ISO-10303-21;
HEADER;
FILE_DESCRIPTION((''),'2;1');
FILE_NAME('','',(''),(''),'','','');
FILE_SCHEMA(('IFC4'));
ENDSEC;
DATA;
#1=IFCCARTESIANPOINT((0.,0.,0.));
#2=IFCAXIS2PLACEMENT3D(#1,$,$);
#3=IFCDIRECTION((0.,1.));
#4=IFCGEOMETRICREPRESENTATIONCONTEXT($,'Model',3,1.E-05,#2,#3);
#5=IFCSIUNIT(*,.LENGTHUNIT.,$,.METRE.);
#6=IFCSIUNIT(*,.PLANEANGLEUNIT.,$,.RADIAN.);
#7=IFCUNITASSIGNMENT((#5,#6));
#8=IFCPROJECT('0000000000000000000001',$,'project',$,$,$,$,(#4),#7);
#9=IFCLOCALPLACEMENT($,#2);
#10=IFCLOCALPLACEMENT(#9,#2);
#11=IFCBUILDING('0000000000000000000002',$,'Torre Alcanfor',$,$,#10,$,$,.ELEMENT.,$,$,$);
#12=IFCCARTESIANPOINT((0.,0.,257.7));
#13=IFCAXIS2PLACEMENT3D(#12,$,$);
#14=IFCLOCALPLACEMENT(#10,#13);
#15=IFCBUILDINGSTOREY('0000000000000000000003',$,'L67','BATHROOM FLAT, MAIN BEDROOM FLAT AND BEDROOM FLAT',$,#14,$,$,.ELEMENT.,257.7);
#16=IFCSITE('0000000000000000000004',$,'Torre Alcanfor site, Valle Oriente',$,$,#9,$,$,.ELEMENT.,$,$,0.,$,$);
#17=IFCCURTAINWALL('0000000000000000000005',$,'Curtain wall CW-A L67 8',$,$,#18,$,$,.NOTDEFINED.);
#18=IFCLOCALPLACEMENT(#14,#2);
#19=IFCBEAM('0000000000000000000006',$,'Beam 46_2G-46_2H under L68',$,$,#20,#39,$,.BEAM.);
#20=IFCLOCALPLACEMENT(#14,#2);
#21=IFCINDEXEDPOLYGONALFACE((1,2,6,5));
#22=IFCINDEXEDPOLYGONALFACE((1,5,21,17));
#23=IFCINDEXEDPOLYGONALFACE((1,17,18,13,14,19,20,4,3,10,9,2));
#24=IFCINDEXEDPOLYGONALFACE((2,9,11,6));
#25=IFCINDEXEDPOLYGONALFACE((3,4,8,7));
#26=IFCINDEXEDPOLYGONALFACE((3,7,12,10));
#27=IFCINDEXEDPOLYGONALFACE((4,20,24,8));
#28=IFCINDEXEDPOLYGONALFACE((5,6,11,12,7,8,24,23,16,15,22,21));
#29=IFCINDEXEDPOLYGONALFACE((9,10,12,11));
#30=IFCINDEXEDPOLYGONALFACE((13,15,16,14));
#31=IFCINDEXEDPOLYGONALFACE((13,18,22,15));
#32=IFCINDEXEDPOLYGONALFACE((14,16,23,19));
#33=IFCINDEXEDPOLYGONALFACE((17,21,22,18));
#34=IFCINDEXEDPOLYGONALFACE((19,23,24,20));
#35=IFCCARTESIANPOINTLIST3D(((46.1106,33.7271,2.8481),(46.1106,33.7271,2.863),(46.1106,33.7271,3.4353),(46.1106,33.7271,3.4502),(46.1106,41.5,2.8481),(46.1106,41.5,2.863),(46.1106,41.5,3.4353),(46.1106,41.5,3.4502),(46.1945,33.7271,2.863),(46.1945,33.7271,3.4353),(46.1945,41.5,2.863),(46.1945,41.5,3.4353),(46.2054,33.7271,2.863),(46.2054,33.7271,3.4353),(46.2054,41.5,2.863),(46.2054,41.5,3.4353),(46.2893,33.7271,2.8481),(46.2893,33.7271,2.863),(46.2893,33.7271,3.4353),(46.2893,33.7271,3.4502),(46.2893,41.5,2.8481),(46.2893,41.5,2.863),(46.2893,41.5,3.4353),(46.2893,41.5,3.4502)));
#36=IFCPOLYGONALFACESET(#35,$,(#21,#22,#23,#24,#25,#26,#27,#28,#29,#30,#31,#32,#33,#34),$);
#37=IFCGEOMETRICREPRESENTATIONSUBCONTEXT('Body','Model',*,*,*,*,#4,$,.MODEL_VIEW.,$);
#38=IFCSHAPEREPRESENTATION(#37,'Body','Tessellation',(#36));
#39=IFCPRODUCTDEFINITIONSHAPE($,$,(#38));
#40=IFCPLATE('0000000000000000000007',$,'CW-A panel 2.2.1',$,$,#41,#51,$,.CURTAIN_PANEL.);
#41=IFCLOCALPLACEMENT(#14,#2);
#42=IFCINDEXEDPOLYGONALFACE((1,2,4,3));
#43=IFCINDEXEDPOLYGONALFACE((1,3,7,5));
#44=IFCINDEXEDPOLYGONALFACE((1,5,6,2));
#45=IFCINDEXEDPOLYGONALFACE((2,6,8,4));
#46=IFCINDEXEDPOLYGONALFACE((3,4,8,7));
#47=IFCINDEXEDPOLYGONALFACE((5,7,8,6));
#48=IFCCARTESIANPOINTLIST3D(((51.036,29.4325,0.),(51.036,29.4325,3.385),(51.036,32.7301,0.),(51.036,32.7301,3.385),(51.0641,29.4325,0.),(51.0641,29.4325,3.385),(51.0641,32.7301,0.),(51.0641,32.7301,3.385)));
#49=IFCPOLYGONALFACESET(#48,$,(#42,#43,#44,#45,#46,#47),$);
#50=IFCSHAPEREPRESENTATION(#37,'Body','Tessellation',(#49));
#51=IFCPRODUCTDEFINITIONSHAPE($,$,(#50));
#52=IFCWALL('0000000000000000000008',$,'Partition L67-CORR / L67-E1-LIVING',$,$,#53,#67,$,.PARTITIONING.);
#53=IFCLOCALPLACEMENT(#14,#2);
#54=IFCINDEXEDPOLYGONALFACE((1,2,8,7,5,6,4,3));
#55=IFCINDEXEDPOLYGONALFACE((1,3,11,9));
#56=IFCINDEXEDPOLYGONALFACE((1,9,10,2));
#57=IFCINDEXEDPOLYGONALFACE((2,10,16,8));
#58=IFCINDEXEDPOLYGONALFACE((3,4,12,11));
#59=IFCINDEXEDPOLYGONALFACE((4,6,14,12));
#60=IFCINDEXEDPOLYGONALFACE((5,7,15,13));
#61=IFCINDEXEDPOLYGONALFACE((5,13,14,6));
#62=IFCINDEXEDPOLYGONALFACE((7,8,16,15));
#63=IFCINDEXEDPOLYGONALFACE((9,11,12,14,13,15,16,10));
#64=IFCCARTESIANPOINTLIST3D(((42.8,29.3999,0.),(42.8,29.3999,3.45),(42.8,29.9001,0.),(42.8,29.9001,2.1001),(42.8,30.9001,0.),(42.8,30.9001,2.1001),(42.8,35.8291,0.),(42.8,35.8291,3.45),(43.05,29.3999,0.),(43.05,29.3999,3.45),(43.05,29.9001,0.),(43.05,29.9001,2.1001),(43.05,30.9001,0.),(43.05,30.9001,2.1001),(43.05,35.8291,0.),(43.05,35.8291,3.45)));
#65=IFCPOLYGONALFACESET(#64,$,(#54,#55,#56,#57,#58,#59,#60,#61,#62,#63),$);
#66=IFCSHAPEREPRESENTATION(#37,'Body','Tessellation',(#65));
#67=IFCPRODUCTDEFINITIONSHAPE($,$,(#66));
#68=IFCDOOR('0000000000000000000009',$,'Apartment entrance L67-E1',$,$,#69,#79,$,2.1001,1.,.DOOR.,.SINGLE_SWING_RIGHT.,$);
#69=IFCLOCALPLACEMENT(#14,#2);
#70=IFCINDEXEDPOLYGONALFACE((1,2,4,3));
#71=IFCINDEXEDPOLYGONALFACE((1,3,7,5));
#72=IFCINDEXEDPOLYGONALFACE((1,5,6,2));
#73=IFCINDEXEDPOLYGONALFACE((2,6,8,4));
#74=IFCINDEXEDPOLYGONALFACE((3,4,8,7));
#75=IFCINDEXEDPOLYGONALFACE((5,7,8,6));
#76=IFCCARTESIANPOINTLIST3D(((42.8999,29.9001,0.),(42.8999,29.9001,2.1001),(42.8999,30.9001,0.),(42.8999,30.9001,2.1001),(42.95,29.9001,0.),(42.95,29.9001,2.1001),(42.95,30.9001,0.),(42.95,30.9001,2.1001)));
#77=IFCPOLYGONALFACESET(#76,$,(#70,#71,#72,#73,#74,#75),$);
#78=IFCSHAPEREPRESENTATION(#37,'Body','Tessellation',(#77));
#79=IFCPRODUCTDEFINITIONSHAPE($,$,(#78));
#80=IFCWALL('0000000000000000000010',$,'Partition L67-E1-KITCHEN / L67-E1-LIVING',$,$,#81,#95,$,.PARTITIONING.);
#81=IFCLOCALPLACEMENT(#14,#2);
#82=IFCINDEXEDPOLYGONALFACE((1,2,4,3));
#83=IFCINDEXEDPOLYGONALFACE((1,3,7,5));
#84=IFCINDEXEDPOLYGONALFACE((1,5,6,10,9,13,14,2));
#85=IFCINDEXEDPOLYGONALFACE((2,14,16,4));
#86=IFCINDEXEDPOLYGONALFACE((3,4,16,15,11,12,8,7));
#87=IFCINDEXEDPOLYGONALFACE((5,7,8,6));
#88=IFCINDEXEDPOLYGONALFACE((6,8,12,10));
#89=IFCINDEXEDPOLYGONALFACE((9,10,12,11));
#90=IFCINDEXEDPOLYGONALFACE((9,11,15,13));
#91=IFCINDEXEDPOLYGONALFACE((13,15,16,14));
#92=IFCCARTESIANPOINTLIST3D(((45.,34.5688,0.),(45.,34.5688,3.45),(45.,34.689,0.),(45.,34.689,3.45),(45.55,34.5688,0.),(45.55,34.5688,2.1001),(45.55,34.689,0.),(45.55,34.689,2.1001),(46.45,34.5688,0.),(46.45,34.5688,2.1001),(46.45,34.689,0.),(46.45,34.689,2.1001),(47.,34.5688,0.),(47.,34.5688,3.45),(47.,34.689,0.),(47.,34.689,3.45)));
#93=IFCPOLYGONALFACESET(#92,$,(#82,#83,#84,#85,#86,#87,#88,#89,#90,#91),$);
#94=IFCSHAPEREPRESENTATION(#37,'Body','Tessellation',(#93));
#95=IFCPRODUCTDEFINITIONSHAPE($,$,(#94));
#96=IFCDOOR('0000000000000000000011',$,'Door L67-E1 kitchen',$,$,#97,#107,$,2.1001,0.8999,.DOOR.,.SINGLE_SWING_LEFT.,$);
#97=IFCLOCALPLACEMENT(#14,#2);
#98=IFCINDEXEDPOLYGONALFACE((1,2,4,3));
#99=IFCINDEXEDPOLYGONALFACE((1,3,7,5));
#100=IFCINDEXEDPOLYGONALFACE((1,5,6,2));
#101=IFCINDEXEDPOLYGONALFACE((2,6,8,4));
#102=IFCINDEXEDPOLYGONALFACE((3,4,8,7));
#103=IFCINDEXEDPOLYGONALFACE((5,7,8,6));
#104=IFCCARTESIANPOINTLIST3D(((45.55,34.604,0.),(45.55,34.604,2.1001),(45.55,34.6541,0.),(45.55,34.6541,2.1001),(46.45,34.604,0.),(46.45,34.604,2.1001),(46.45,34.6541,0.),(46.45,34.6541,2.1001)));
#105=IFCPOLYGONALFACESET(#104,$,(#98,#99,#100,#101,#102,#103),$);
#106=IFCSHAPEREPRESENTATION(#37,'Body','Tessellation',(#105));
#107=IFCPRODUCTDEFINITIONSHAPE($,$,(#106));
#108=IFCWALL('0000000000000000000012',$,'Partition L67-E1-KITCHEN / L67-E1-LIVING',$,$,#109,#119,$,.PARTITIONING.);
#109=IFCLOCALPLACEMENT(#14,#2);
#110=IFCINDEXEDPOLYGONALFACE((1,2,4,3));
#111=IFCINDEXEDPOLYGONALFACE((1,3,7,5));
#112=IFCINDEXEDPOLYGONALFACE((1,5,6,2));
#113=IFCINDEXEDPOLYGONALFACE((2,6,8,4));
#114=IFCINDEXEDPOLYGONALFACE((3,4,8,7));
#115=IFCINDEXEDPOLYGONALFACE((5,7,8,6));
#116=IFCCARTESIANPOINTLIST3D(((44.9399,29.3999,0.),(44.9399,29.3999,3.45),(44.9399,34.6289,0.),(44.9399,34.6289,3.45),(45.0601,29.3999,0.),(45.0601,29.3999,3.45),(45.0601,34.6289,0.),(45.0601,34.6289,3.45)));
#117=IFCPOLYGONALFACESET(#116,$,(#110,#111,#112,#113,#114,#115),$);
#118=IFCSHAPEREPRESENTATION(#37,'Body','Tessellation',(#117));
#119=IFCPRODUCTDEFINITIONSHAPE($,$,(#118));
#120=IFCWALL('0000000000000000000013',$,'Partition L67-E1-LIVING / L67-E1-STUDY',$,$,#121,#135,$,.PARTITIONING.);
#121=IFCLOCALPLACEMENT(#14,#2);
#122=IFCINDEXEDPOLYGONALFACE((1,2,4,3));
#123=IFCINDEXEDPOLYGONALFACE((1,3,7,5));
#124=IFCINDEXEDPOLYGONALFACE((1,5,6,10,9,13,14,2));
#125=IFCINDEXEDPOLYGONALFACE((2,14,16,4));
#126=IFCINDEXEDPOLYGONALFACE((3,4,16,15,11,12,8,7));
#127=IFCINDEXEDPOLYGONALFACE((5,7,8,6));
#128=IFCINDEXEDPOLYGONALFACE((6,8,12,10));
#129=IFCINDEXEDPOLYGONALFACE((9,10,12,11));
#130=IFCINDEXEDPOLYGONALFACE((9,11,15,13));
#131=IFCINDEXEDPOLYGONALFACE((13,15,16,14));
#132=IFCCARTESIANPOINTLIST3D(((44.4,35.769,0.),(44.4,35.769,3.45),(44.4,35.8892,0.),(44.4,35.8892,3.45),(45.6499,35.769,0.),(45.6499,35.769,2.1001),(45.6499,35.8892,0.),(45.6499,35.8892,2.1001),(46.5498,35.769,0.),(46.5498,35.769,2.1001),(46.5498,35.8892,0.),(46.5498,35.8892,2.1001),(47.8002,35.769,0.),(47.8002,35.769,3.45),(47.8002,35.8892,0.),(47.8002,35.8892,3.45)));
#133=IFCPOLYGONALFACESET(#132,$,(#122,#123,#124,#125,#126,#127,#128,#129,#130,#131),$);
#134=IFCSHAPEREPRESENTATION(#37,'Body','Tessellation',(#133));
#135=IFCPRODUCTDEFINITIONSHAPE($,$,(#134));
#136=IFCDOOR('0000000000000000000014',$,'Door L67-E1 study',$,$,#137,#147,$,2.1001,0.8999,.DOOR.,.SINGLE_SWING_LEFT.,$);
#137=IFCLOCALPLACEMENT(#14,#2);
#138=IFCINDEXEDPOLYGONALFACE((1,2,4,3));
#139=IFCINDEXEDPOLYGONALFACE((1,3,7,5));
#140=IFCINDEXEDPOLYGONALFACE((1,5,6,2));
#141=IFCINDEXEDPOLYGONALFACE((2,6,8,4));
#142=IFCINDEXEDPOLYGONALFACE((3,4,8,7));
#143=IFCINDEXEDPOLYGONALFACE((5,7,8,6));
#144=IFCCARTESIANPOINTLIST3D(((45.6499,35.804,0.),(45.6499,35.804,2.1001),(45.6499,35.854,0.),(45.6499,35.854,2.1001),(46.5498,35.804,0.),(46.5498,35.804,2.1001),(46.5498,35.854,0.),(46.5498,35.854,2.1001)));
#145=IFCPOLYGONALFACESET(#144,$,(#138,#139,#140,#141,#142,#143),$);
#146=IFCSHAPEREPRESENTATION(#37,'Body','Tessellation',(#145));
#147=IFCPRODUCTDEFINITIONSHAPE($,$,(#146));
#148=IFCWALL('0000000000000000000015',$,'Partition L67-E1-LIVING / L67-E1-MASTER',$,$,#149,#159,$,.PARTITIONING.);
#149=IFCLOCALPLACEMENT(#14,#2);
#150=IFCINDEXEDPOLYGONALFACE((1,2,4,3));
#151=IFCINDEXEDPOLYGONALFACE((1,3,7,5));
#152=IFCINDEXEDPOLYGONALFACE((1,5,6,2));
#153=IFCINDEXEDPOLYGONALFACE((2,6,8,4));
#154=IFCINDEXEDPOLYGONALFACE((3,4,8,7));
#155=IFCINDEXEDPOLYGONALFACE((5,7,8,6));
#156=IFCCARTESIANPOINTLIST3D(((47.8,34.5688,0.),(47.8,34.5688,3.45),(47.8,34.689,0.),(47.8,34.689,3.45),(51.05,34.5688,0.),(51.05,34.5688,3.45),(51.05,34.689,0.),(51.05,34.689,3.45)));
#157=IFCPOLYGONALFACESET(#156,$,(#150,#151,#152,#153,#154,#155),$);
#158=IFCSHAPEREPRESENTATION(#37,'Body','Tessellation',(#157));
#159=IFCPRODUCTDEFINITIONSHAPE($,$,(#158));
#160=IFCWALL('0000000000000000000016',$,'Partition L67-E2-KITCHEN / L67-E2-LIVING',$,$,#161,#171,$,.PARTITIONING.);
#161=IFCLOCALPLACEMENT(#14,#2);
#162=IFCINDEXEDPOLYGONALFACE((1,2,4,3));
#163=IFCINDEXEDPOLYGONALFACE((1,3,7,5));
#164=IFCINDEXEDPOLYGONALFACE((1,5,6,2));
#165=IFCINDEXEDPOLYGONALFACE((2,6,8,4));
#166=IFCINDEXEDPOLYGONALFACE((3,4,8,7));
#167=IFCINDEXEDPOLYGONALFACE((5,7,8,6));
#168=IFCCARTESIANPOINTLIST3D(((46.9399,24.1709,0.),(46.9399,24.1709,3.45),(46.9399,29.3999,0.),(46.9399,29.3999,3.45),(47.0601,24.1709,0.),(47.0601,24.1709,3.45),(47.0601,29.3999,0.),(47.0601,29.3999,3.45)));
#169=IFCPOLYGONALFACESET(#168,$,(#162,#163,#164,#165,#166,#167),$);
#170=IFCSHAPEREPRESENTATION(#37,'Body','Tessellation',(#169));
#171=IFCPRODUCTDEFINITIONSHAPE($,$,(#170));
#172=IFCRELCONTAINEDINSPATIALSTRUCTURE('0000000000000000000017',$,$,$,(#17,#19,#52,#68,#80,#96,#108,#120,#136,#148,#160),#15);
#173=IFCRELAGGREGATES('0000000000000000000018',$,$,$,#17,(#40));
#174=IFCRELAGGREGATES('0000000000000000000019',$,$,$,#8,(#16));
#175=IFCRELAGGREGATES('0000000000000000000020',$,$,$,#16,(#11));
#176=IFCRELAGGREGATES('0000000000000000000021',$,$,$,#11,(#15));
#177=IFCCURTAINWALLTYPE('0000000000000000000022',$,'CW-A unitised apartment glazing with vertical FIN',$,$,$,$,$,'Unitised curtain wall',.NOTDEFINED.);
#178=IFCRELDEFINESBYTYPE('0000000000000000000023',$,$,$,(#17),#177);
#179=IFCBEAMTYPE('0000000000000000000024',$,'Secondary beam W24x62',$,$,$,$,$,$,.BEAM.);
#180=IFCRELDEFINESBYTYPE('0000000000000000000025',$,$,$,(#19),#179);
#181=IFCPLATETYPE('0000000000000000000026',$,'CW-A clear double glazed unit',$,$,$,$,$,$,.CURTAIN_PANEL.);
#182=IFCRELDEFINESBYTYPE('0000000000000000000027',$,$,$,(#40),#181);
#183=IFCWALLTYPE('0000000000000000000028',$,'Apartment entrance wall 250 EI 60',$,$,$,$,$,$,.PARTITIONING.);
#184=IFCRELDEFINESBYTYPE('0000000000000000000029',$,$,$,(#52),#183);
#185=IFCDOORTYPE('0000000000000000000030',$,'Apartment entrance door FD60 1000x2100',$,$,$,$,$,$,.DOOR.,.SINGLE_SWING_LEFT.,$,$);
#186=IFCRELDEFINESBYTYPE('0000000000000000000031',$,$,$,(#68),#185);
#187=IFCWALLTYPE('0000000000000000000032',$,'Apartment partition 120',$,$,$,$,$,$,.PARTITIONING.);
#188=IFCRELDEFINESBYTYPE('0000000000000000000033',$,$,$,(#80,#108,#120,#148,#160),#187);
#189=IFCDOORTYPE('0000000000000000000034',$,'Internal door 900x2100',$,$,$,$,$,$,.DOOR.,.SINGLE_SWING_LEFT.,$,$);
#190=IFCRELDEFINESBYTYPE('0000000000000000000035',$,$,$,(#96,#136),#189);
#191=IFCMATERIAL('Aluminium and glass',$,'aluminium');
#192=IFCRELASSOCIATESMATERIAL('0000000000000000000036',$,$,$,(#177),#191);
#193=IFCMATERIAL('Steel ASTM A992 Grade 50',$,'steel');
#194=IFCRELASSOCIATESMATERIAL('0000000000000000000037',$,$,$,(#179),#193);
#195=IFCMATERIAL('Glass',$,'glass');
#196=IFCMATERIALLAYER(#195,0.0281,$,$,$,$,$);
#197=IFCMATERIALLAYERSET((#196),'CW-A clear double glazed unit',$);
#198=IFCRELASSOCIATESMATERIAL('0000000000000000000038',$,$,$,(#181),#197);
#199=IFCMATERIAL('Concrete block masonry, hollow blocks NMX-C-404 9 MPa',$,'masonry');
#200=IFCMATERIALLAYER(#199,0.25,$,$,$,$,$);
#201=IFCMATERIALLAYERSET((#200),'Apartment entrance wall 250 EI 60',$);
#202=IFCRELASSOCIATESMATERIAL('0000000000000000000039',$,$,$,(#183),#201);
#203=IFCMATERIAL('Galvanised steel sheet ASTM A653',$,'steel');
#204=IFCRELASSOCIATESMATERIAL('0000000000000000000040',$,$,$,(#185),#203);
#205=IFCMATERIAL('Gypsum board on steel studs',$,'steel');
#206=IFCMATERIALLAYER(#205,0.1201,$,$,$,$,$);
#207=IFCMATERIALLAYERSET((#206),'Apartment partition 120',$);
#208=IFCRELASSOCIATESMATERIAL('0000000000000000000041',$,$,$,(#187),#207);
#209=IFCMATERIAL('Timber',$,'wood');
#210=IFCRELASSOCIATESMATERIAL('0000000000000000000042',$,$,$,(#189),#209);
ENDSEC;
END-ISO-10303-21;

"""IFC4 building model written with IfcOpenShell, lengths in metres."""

from ifc_helpers import new_model, si_unit, direction, frame, frame_2d, origin, origin_2d, place, context, subcontext, project, spatial, rectangle, i_section, extrude, material, layer, layer_set, material_profile, profile_set, type_object, element, fill, aggregate, save


model = new_model("IFC4")

# Units and contexts
model_context = context("Model", 3, precision=1e-05, world=origin(), true_north=direction((0.0, 1.0)))
body_context = subcontext(model_context, "Body", "Model", "MODEL_VIEW")
ifc_project = project(units=[si_unit("LENGTHUNIT", "METRE"), si_unit("PLANEANGLEUNIT", "RADIAN")], contexts=[model_context])

# Site, building, storey
site_placement = place(None, origin())
site = spatial("IfcSite", under=ifc_project, at=site_placement, Name="Torre Alcanfor site, Valle Oriente", CompositionType="ELEMENT", RefElevation=0.0)
building_placement = place(site_placement, origin())
building = spatial("IfcBuilding", under=site, at=building_placement, Name="Torre Alcanfor", CompositionType="ELEMENT")
storey_placement = place(building_placement, frame((0.0, 0.0, 257.7)))
storey = spatial("IfcBuildingStorey", under=building, at=storey_placement, Name="L67", Description="BATHROOM FLAT, MAIN BEDROOM FLAT AND BEDROOM FLAT", CompositionType="ELEMENT", Elevation=257.7)

# Curtain wall
ifc_material_1 = material(Name="Aluminium and glass", Category="aluminium")
curtain_wall_type = type_object("IfcCurtainWallType", Name="CW-A unitised apartment glazing with vertical FIN", ElementType="Unitised curtain wall", PredefinedType="NOTDEFINED", material=ifc_material_1)
curtain_wall_placement = place(storey_placement, origin())
curtain_wall = element("IfcCurtainWall", 1, at=curtain_wall_placement, inside=storey, type_object=curtain_wall_type, Name="Curtain wall CW-A L67 8", PredefinedType="NOTDEFINED")

# Beam
ifc_material_2 = material(Name="Steel ASTM A992 Grade 50", Category="steel")
ifc_material_profile_1 = material_profile(ifc_material_2, i_section(OverallWidth=0.1787, OverallDepth=0.6021, WebThickness=0.011, FlangeThickness=0.0149, at=origin_2d()), Name="W24x62")
ifc_profile_set_1 = profile_set([ifc_material_profile_1], Name="Steel ASTM A992 Grade 50")
beam_type_1 = type_object("IfcBeamType", Name="Secondary beam W24x62", PredefinedType="BEAM", material=ifc_profile_set_1)
beam_1_placement = place(storey_placement, frame((46.2, 33.7271, 3.1492), z_axis=(0.0, 1.0, 0.0), x_axis=(-1.0, 0.0, 0.0)))
element("IfcBeam", 2, at=beam_1_placement, inside=storey, type_object=beam_type_1, Name="Beam 46_2G-46_2H under L68", PredefinedType="BEAM", context=body_context, shape_type="SweptSolid", body=[
    extrude(i_section(OverallWidth=0.1787, OverallDepth=0.6021, WebThickness=0.011, FlangeThickness=0.0149, at=origin_2d()), origin(), (0.0, 0.0, 1.0), 7.7729),
])

# Plate
ifc_material_3 = material(Name="Glass", Category="glass")
ifc_layer_1 = layer(ifc_material_3, 0.0281)
ifc_layer_set_1 = layer_set([ifc_layer_1], Name="CW-A clear double glazed unit")
plate_type = type_object("IfcPlateType", Name="CW-A clear double glazed unit", PredefinedType="CURTAIN_PANEL", material=ifc_layer_set_1)
plate_placement = place(storey_placement, frame((51.05, 31.0813, 0.0), z_axis=(0.0, 0.0, 1.0), x_axis=(0.0, 1.0, 0.0)))
plate = element("IfcPlate", 3, at=plate_placement, type_object=plate_type, Name="CW-A panel 2.2.1", PredefinedType="CURTAIN_PANEL", context=body_context, shape_type="SweptSolid", body=[
    extrude(rectangle(XDim=3.2976, YDim=0.0281, at=origin_2d()), origin(), (0.0, 0.0, 1.0), 3.385),
])
aggregate(curtain_wall, [plate])

# Walls, openings, doors
ifc_material_4 = material(Name="Concrete block masonry, hollow blocks NMX-C-404 9 MPa", Category="masonry")
ifc_layer_2 = layer(ifc_material_4, 0.25)
ifc_layer_set_2 = layer_set([ifc_layer_2], Name="Apartment entrance wall 250 EI 60")
wall_type_1 = type_object("IfcWallType", Name="Apartment entrance wall 250 EI 60", PredefinedType="PARTITIONING", material=ifc_layer_set_2)
wall_1_placement = place(storey_placement, frame((42.925, 35.8291, 0.0), z_axis=(0.0, 0.0, 1.0), x_axis=(0.0, -1.0, 0.0)))
wall_1 = element("IfcWall", 4, at=wall_1_placement, inside=storey, type_object=wall_type_1, Name="Partition L67-CORR / L67-E1-LIVING", PredefinedType="PARTITIONING", context=body_context, shape_type="SweptSolid", body=[
    extrude(rectangle(XDim=6.4292, YDim=0.25, at=frame_2d((3.2146, 0.0))), origin(), (0.0, 0.0, 1.0), 3.45),
])
opening_1_placement = place(wall_1_placement, frame((4.929, 0.0, 0.0)))
opening_1 = element("IfcOpeningElement", 5, at=opening_1_placement, cuts=wall_1, PredefinedType="OPENING", context=body_context, shape_type="SweptSolid", body=[
    extrude(rectangle(XDim=1.0, YDim=2.1001, at=frame_2d((0.5, 1.05))), frame((0.0, 0.135, 0.0), z_axis=(0.0, -1.0, 0.0), x_axis=(1.0, 0.0, 0.0)), (0.0, 0.0, 1.0), 0.27),
])
ifc_material_5 = material(Name="Galvanised steel sheet ASTM A653", Category="steel")
door_type_1 = type_object("IfcDoorType", Name="Apartment entrance door FD60 1000x2100", OperationType="SINGLE_SWING_LEFT", PredefinedType="DOOR", material=ifc_material_5)
door_1_placement = place(opening_1_placement, origin())
door_1 = element("IfcDoor", 6, at=door_1_placement, inside=storey, type_object=door_type_1, Name="Apartment entrance L67-E1", OperationType="SINGLE_SWING_RIGHT", OverallHeight=2.1001, OverallWidth=1.0, PredefinedType="DOOR", context=body_context, shape_type="SweptSolid", body=[
    extrude(rectangle(XDim=1.0, YDim=2.1001, at=frame_2d((0.5, 1.05))), frame((0.0, 0.0249, 0.0), z_axis=(0.0, -1.0, 0.0), x_axis=(1.0, 0.0, 0.0)), (0.0, 0.0, 1.0), 0.05),
])
fill(opening_1, door_1)
ifc_material_6 = material(Name="Gypsum board on steel studs", Category="steel")
ifc_layer_3 = layer(ifc_material_6, 0.1201)
ifc_layer_set_3 = layer_set([ifc_layer_3], Name="Apartment partition 120")
wall_type_2 = type_object("IfcWallType", Name="Apartment partition 120", PredefinedType="PARTITIONING", material=ifc_layer_set_3)
wall_2_placement = place(storey_placement, frame((47.0, 34.6289, 0.0), z_axis=(0.0, 0.0, 1.0), x_axis=(-1.0, 0.0, 0.0)))
wall_2 = element("IfcWall", 7, at=wall_2_placement, inside=storey, type_object=wall_type_2, Name="Partition L67-E1-KITCHEN / L67-E1-LIVING", PredefinedType="PARTITIONING", context=body_context, shape_type="SweptSolid", body=[
    extrude(rectangle(XDim=2.0, YDim=0.1201, at=frame_2d((1.0, 0.0))), origin(), (0.0, 0.0, 1.0), 3.45),
])
opening_2_placement = place(wall_2_placement, frame((0.55, 0.0, 0.0)))
opening_2 = element("IfcOpeningElement", 8, at=opening_2_placement, cuts=wall_2, PredefinedType="OPENING", context=body_context, shape_type="SweptSolid", body=[
    extrude(rectangle(XDim=0.8999, YDim=2.1001, at=frame_2d((0.45, 1.05))), frame((0.0, 0.0701, 0.0), z_axis=(0.0, -1.0, 0.0), x_axis=(1.0, 0.0, 0.0)), (0.0, 0.0, 1.0), 0.1401),
])
ifc_material_7 = material(Name="Timber", Category="wood")
door_type_2 = type_object("IfcDoorType", Name="Internal door 900x2100", OperationType="SINGLE_SWING_LEFT", PredefinedType="DOOR", material=ifc_material_7)
door_2_placement = place(opening_2_placement, origin())
door_2 = element("IfcDoor", 9, at=door_2_placement, inside=storey, type_object=door_type_2, Name="Door L67-E1 kitchen", OperationType="SINGLE_SWING_LEFT", OverallHeight=2.1001, OverallWidth=0.8999, PredefinedType="DOOR", context=body_context, shape_type="SweptSolid", body=[
    extrude(rectangle(XDim=0.8999, YDim=2.1001, at=frame_2d((0.45, 1.05))), frame((0.0, 0.0249, 0.0), z_axis=(0.0, -1.0, 0.0), x_axis=(1.0, 0.0, 0.0)), (0.0, 0.0, 1.0), 0.05),
])
fill(opening_2, door_2)

# Wall
wall_3_placement = place(storey_placement, frame((45.0, 34.6289, 0.0), z_axis=(0.0, 0.0, 1.0), x_axis=(0.0, -1.0, 0.0)))
element("IfcWall", 10, at=wall_3_placement, inside=storey, type_object=wall_type_2, Name="Partition L67-E1-KITCHEN / L67-E1-LIVING", PredefinedType="PARTITIONING", context=body_context, shape_type="SweptSolid", body=[
    extrude(rectangle(XDim=5.229, YDim=0.1201, at=frame_2d((2.6145, 0.0))), origin(), (0.0, 0.0, 1.0), 3.45),
])

# Wall, opening, door
wall_4_placement = place(storey_placement, frame((44.3999, 35.8291, 0.0), z_axis=(0.0, 0.0, 1.0), x_axis=(1.0, 0.0, 0.0)))
wall_4 = element("IfcWall", 11, at=wall_4_placement, inside=storey, type_object=wall_type_2, Name="Partition L67-E1-LIVING / L67-E1-STUDY", PredefinedType="PARTITIONING", context=body_context, shape_type="SweptSolid", body=[
    extrude(rectangle(XDim=3.4001, YDim=0.1201, at=frame_2d((1.7002, 0.0))), origin(), (0.0, 0.0, 1.0), 3.45),
])
opening_3_placement = place(wall_4_placement, frame((1.25, 0.0, 0.0)))
opening_3 = element("IfcOpeningElement", 12, at=opening_3_placement, cuts=wall_4, PredefinedType="OPENING", context=body_context, shape_type="SweptSolid", body=[
    extrude(rectangle(XDim=0.8999, YDim=2.1001, at=frame_2d((0.45, 1.05))), frame((0.0, 0.0701, 0.0), z_axis=(0.0, -1.0, 0.0), x_axis=(1.0, 0.0, 0.0)), (0.0, 0.0, 1.0), 0.1401),
])
door_3_placement = place(opening_3_placement, origin())
door_3 = element("IfcDoor", 13, at=door_3_placement, inside=storey, type_object=door_type_2, Name="Door L67-E1 study", OperationType="SINGLE_SWING_LEFT", OverallHeight=2.1001, OverallWidth=0.8999, PredefinedType="DOOR", context=body_context, shape_type="SweptSolid", body=[
    extrude(rectangle(XDim=0.8999, YDim=2.1001, at=frame_2d((0.45, 1.05))), frame((0.0, 0.0249, 0.0), z_axis=(0.0, -1.0, 0.0), x_axis=(1.0, 0.0, 0.0)), (0.0, 0.0, 1.0), 0.05),
])
fill(opening_3, door_3)

# Walls
wall_5_placement = place(storey_placement, frame((47.8, 34.6289, 0.0), z_axis=(0.0, 0.0, 1.0), x_axis=(1.0, 0.0, 0.0)))
element("IfcWall", 14, at=wall_5_placement, inside=storey, type_object=wall_type_2, Name="Partition L67-E1-LIVING / L67-E1-MASTER", PredefinedType="PARTITIONING", context=body_context, shape_type="SweptSolid", body=[
    extrude(rectangle(XDim=3.25, YDim=0.1201, at=frame_2d((1.625, 0.0))), origin(), (0.0, 0.0, 1.0), 3.45),
])
wall_6_placement = place(storey_placement, frame((47.0, 29.3999, 0.0), z_axis=(0.0, 0.0, 1.0), x_axis=(0.0, -1.0, 0.0)))
element("IfcWall", 15, at=wall_6_placement, inside=storey, type_object=wall_type_2, Name="Partition L67-E2-KITCHEN / L67-E2-LIVING", PredefinedType="PARTITIONING", context=body_context, shape_type="SweptSolid", body=[
    extrude(rectangle(XDim=5.229, YDim=0.1201, at=frame_2d((2.6145, 0.0))), origin(), (0.0, 0.0, 1.0), 3.45),
])

save(model, "model.ifc")
